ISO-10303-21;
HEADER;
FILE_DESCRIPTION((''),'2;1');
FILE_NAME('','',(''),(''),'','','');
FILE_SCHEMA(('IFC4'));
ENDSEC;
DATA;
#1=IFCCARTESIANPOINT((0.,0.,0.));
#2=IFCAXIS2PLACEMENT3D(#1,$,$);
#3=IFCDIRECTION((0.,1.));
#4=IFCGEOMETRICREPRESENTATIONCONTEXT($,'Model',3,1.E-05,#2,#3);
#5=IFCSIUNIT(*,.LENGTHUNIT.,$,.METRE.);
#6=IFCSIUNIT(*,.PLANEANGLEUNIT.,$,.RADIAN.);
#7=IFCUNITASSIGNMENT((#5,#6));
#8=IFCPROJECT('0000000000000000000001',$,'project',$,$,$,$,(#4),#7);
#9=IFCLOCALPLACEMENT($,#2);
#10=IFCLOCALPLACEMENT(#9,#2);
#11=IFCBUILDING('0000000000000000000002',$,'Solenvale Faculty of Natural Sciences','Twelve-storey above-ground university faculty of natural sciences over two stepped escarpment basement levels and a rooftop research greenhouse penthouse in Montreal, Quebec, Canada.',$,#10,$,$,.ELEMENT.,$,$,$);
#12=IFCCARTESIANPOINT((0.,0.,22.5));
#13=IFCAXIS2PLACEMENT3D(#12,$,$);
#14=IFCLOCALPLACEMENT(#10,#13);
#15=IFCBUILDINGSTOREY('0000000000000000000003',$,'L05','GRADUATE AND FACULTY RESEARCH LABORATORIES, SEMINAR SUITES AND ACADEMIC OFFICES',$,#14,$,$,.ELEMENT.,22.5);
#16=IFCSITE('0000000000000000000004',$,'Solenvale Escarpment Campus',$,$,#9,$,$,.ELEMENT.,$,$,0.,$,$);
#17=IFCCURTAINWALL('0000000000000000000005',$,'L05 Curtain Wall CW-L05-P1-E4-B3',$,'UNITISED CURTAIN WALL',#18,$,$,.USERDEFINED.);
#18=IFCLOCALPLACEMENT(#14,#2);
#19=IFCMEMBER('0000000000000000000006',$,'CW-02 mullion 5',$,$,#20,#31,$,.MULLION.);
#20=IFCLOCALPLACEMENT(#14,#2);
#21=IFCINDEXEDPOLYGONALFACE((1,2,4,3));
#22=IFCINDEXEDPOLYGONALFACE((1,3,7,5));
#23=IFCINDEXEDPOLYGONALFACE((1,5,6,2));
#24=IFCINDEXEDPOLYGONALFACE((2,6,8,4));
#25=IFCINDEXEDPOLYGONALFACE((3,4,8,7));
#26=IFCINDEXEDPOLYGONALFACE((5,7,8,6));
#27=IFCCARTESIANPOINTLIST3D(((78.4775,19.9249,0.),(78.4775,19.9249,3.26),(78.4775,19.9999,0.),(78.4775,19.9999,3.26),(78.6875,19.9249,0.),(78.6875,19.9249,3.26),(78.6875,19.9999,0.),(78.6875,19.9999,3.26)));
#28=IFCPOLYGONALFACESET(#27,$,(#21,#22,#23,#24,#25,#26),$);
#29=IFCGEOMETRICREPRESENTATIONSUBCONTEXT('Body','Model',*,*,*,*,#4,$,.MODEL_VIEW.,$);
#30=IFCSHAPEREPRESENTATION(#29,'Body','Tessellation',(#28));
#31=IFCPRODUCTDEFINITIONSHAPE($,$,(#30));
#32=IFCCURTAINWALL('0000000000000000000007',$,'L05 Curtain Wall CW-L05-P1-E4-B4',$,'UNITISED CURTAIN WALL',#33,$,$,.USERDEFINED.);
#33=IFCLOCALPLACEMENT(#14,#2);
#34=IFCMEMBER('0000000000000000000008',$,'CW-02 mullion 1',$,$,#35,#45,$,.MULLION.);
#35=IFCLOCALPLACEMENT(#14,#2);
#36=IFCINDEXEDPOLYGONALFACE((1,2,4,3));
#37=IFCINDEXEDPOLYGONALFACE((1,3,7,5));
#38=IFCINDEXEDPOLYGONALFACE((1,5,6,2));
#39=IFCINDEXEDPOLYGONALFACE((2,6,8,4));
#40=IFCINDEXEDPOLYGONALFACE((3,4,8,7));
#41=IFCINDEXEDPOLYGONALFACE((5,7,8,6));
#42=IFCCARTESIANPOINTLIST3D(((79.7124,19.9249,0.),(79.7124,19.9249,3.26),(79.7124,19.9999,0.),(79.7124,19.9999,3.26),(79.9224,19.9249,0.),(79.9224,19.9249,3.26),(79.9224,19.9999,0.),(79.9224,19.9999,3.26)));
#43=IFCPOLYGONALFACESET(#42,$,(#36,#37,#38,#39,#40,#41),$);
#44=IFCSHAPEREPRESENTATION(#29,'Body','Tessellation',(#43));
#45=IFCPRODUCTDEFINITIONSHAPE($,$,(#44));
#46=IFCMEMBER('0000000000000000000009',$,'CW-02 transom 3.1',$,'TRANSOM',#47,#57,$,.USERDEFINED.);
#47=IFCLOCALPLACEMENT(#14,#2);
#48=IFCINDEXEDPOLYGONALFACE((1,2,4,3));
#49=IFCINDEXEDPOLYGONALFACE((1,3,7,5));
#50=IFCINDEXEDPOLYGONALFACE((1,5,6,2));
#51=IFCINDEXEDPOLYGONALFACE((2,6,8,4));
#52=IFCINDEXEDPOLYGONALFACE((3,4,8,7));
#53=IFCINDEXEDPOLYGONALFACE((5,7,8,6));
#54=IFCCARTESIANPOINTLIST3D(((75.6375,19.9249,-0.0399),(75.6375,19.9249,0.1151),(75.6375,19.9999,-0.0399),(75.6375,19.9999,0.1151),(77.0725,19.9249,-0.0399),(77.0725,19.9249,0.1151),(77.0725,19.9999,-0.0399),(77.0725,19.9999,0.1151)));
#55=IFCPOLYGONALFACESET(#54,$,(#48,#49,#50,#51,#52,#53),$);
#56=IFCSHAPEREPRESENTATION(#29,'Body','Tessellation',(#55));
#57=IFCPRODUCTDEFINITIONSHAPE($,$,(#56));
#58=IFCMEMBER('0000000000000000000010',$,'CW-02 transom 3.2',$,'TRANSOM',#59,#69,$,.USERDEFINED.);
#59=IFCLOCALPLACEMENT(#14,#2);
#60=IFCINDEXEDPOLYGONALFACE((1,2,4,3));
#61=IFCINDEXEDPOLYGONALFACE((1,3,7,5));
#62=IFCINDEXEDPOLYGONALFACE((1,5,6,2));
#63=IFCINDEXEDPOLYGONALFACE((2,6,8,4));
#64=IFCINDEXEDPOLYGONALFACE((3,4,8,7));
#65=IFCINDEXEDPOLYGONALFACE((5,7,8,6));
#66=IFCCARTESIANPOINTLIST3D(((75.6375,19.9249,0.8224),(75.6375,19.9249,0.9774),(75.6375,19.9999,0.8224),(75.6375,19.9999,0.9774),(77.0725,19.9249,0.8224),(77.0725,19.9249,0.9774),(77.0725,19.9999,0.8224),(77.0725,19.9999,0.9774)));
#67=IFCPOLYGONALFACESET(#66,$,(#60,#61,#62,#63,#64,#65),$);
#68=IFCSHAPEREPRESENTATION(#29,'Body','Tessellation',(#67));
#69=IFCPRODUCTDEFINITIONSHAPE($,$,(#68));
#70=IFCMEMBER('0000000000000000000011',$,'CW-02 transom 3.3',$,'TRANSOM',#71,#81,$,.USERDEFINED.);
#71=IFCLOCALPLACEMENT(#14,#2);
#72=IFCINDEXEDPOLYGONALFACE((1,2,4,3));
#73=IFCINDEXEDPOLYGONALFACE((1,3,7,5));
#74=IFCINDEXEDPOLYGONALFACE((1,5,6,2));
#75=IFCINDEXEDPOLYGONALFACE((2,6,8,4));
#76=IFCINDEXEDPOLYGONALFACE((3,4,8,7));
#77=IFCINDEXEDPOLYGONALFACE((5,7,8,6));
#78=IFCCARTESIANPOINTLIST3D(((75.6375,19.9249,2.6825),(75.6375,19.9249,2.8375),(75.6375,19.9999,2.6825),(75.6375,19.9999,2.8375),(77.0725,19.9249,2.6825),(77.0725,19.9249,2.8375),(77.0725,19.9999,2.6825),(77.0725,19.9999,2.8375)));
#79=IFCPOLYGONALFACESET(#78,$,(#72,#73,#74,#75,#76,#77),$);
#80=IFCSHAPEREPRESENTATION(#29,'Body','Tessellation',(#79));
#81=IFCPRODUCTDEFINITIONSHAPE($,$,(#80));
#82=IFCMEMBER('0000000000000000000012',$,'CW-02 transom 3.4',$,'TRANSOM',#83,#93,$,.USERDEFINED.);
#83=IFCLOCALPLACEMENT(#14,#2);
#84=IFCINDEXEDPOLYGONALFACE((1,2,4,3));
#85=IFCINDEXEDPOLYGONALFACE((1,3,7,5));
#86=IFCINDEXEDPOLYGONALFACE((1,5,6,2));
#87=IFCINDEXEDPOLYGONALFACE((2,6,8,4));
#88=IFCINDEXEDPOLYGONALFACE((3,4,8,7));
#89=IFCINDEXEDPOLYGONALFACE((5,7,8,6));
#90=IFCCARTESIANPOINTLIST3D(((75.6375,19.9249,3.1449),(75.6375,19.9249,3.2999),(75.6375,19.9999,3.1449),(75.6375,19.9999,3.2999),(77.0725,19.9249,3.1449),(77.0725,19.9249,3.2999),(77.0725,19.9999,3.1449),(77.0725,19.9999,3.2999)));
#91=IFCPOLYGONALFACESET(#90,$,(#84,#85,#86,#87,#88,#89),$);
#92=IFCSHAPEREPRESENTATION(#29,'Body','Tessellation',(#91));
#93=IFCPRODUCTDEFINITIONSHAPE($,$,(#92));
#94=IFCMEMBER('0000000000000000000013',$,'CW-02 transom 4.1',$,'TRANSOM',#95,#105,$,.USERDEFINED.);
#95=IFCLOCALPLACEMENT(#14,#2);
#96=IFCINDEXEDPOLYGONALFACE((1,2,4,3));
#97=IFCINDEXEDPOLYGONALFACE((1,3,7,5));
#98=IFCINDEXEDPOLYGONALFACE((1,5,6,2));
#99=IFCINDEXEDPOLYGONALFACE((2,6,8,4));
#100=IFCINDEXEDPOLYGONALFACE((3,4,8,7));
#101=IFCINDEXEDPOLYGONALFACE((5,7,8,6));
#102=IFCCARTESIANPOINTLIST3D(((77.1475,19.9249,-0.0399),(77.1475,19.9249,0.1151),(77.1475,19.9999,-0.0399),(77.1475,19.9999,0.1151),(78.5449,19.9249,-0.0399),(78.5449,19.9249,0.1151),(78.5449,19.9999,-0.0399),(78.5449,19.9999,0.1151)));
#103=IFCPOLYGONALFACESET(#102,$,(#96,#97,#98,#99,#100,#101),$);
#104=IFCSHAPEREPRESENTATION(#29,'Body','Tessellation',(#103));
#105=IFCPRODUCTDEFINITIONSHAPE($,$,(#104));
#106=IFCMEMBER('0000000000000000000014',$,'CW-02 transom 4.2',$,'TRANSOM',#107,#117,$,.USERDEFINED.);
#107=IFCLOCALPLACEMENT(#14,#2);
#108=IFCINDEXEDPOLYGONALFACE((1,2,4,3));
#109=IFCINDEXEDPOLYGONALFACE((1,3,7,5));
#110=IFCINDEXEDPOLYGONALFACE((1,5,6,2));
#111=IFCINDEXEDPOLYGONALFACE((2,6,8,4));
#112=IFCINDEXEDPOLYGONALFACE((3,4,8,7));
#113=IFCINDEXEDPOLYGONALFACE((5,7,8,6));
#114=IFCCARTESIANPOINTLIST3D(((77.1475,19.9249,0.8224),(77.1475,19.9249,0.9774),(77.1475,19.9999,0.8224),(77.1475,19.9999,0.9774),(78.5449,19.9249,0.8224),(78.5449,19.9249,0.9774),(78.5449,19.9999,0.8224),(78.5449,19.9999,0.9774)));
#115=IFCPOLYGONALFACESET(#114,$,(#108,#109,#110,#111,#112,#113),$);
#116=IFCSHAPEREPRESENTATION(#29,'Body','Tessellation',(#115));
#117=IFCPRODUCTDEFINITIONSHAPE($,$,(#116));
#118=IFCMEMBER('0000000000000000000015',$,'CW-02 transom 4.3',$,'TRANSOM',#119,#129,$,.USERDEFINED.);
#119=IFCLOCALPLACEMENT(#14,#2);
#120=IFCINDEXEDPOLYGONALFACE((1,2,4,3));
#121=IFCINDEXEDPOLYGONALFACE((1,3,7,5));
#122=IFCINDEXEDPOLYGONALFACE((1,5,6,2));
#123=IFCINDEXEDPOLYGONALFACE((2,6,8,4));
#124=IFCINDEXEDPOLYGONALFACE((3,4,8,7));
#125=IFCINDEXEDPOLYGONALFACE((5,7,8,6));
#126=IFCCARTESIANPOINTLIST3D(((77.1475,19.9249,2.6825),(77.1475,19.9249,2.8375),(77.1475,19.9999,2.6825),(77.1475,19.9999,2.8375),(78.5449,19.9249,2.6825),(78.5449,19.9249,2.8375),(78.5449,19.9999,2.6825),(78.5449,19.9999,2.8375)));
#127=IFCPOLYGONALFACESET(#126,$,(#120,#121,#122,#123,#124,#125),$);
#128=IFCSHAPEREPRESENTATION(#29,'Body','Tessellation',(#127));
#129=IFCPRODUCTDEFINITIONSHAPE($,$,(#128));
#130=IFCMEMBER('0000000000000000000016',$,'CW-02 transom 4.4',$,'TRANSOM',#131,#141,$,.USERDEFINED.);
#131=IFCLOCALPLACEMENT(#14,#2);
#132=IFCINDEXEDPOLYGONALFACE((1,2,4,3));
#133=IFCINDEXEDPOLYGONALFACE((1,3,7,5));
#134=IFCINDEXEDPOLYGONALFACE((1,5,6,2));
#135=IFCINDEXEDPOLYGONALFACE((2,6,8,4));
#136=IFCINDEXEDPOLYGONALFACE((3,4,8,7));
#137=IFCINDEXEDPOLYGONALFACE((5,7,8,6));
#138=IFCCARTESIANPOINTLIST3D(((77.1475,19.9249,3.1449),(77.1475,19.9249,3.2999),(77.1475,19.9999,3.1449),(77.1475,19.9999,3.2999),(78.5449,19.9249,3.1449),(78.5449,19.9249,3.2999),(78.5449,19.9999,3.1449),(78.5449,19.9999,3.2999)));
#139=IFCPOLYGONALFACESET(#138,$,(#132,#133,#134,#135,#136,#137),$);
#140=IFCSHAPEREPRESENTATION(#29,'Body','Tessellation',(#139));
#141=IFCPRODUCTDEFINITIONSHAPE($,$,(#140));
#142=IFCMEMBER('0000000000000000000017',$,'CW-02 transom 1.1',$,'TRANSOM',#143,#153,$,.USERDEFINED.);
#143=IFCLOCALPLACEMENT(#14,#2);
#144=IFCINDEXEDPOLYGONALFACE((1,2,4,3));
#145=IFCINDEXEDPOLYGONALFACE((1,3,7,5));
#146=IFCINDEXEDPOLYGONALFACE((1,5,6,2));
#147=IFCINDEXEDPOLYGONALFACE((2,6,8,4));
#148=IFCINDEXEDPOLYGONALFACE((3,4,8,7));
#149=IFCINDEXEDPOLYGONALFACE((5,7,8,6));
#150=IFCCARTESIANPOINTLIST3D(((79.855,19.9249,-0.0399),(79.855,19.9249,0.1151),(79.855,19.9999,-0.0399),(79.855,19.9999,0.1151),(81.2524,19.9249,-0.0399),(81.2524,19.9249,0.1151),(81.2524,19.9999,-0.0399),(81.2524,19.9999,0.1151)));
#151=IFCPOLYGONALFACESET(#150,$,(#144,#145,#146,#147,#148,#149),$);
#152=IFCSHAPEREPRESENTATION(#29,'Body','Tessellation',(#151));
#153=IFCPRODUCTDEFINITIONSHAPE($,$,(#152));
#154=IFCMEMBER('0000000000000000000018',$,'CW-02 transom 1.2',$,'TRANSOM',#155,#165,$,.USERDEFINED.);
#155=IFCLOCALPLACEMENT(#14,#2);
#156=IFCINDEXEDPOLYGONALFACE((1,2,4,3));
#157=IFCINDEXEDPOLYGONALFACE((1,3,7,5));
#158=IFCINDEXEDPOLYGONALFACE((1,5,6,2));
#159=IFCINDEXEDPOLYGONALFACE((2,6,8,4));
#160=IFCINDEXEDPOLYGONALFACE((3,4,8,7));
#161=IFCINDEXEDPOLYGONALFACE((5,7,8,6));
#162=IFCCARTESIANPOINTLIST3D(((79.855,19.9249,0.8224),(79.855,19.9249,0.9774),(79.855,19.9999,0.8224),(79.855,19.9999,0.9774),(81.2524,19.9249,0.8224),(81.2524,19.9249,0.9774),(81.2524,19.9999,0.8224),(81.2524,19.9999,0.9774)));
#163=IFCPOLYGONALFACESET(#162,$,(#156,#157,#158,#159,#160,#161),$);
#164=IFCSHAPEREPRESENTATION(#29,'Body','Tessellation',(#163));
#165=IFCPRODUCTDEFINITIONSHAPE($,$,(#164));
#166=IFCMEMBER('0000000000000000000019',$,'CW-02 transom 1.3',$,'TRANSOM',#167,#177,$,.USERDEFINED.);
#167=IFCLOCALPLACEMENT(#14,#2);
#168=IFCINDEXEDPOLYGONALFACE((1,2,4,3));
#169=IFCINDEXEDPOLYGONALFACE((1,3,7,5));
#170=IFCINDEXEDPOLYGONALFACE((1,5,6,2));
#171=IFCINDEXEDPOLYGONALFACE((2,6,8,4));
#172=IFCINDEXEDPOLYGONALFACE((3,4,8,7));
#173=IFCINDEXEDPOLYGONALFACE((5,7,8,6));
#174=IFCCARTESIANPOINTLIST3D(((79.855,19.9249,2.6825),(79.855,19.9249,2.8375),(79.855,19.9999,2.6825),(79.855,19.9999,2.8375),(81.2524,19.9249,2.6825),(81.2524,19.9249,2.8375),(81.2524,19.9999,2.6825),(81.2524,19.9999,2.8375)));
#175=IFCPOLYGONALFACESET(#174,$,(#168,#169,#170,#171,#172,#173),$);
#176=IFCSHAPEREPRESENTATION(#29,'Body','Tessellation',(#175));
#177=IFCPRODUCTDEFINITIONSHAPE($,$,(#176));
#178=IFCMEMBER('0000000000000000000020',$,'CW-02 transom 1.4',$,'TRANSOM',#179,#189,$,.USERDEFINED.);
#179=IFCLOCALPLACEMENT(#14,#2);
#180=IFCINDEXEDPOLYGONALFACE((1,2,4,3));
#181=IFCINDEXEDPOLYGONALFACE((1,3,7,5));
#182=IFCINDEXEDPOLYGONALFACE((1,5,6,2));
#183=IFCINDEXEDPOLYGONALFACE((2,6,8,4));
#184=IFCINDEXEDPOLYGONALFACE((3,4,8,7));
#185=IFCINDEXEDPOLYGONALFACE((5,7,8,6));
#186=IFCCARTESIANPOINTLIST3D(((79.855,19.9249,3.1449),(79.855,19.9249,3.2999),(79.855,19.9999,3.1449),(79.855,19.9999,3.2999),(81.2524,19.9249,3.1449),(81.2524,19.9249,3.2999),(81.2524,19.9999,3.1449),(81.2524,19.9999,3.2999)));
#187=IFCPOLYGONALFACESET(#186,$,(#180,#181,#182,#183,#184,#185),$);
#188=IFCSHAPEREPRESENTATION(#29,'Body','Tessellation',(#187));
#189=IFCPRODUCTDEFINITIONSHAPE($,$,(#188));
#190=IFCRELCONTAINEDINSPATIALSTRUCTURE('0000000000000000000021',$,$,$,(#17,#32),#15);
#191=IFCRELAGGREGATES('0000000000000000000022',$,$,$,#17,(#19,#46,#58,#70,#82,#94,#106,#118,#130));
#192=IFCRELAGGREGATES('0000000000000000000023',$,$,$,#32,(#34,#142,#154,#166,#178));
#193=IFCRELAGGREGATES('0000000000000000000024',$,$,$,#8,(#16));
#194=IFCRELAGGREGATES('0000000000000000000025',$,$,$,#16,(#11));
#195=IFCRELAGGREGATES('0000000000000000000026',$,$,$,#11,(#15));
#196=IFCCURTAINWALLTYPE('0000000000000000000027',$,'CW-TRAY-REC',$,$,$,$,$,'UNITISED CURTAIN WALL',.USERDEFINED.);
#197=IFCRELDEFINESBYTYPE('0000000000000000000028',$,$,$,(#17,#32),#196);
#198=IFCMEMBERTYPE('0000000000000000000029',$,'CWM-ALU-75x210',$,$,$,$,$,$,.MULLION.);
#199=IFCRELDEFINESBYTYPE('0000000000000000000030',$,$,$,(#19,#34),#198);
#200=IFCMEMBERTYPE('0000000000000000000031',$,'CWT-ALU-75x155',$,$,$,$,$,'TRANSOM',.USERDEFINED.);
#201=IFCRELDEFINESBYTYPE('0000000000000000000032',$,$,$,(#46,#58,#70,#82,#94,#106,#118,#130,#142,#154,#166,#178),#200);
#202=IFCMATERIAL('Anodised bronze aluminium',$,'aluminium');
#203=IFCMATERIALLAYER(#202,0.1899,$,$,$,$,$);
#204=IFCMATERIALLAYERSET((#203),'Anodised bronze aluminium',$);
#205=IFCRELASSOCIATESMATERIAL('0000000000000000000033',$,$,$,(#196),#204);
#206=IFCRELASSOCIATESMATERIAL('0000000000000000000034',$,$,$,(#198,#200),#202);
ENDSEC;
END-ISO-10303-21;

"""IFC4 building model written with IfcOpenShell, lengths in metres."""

from ifc_helpers import new_model, si_unit, direction, frame, origin, origin_2d, place, context, subcontext, project, spatial, rectangle, extrude, material, layer, layer_set, material_profile, profile_set, type_object, element, aggregate, save


model = new_model("IFC4")

# Units and contexts
model_context = context("Model", 3, precision=1e-05, world=origin(), true_north=direction((0.0, 1.0)))
body_context = subcontext(model_context, "Body", "Model", "MODEL_VIEW")
ifc_project = project(units=[si_unit("LENGTHUNIT", "METRE"), si_unit("PLANEANGLEUNIT", "RADIAN")], contexts=[model_context])

# Site, building, storey
site_placement = place(None, origin())
site = spatial("IfcSite", under=ifc_project, at=site_placement, Name="Solenvale Escarpment Campus", CompositionType="ELEMENT", RefElevation=0.0)
building_placement = place(site_placement, origin())
building = spatial("IfcBuilding", under=site, at=building_placement, Name="Solenvale Faculty of Natural Sciences", Description="Twelve-storey above-ground university faculty of natural sciences over two stepped escarpment basement levels and a rooftop research greenhouse penthouse in Montreal, Quebec, Canada.", CompositionType="ELEMENT")
storey_placement = place(building_placement, frame((0.0, 0.0, 22.5)))
storey = spatial("IfcBuildingStorey", under=building, at=storey_placement, Name="L05", Description="GRADUATE AND FACULTY RESEARCH LABORATORIES, SEMINAR SUITES AND ACADEMIC OFFICES", CompositionType="ELEMENT", Elevation=22.5)

# Curtain wall, member
ifc_material_1 = material(Name="Anodised bronze aluminium", Category="aluminium")
ifc_layer_1 = layer(ifc_material_1, 0.1899)
ifc_layer_set_1 = layer_set([ifc_layer_1], Name="Anodised bronze aluminium")
curtain_wall_type = type_object("IfcCurtainWallType", Name="CW-TRAY-REC", ElementType="UNITISED CURTAIN WALL", PredefinedType="USERDEFINED", material=ifc_layer_set_1)
curtain_wall_1_placement = place(storey_placement, origin())
curtain_wall_1 = element("IfcCurtainWall", 1, at=curtain_wall_1_placement, inside=storey, type_object=curtain_wall_type, Name="L05 Curtain Wall CW-L05-P1-E4-B3", ObjectType="UNITISED CURTAIN WALL", PredefinedType="USERDEFINED")
ifc_material_profile_1 = material_profile(ifc_material_1, rectangle(XDim=0.075, YDim=0.21, at=origin_2d()), Name="ALU-MUL-75x210")
ifc_profile_set_1 = profile_set([ifc_material_profile_1], Name="Anodised bronze aluminium")
member_type_1 = type_object("IfcMemberType", Name="CWM-ALU-75x210", PredefinedType="MULLION", material=ifc_profile_set_1)
member_1_placement = place(storey_placement, frame((78.5825, 19.9624, 0.0), z_axis=(0.0, 0.0, 1.0), x_axis=(0.0, 1.0, 0.0)))
member_1 = element("IfcMember", 2, at=member_1_placement, type_object=member_type_1, Name="CW-02 mullion 5", PredefinedType="MULLION", context=body_context, shape_type="SweptSolid", body=[
    extrude(rectangle(XDim=0.075, YDim=0.21, at=origin_2d()), origin(), (0.0, 0.0, 1.0), 3.26),
])

# Curtain wall, member
curtain_wall_2_placement = place(storey_placement, origin())
curtain_wall_2 = element("IfcCurtainWall", 3, at=curtain_wall_2_placement, inside=storey, type_object=curtain_wall_type, Name="L05 Curtain Wall CW-L05-P1-E4-B4", ObjectType="UNITISED CURTAIN WALL", PredefinedType="USERDEFINED")
member_2_placement = place(storey_placement, frame((79.8174, 19.9624, 0.0), z_axis=(0.0, 0.0, 1.0), x_axis=(0.0, 1.0, 0.0)))
member_2 = element("IfcMember", 4, at=member_2_placement, type_object=member_type_1, Name="CW-02 mullion 1", PredefinedType="MULLION", context=body_context, shape_type="SweptSolid", body=[
    extrude(rectangle(XDim=0.075, YDim=0.21, at=origin_2d()), origin(), (0.0, 0.0, 1.0), 3.26),
])

# Members
ifc_material_profile_2 = material_profile(ifc_material_1, rectangle(XDim=0.075, YDim=0.155, at=origin_2d()), Name="ALU-TRN-75x155")
ifc_profile_set_2 = profile_set([ifc_material_profile_2], Name="Anodised bronze aluminium")
member_type_2 = type_object("IfcMemberType", Name="CWT-ALU-75x155", ElementType="TRANSOM", PredefinedType="USERDEFINED", material=ifc_profile_set_2)
member_3_placement = place(storey_placement, frame((75.6375, 19.9624, 0.0376), z_axis=(1.0, 0.0, 0.0), x_axis=(0.0, 1.0, 0.0)))
member_3 = element("IfcMember", 5, at=member_3_placement, type_object=member_type_2, Name="CW-02 transom 3.1", ObjectType="TRANSOM", PredefinedType="USERDEFINED", context=body_context, shape_type="SweptSolid", body=[
    extrude(rectangle(XDim=0.075, YDim=0.155, at=origin_2d()), origin(), (0.0, 0.0, 1.0), 1.4351),
])
member_4_placement = place(storey_placement, frame((75.6375, 19.9624, 0.8999), z_axis=(1.0, 0.0, 0.0), x_axis=(0.0, 1.0, 0.0)))
member_4 = element("IfcMember", 6, at=member_4_placement, type_object=member_type_2, Name="CW-02 transom 3.2", ObjectType="TRANSOM", PredefinedType="USERDEFINED", context=body_context, shape_type="SweptSolid", body=[
    extrude(rectangle(XDim=0.075, YDim=0.155, at=origin_2d()), origin(), (0.0, 0.0, 1.0), 1.4351),
])
member_5_placement = place(storey_placement, frame((75.6375, 19.9624, 2.76), z_axis=(1.0, 0.0, 0.0), x_axis=(0.0, 1.0, 0.0)))
member_5 = element("IfcMember", 7, at=member_5_placement, type_object=member_type_2, Name="CW-02 transom 3.3", ObjectType="TRANSOM", PredefinedType="USERDEFINED", context=body_context, shape_type="SweptSolid", body=[
    extrude(rectangle(XDim=0.075, YDim=0.155, at=origin_2d()), origin(), (0.0, 0.0, 1.0), 1.4351),
])
member_6_placement = place(storey_placement, frame((75.6375, 19.9624, 3.2224), z_axis=(1.0, 0.0, 0.0), x_axis=(0.0, 1.0, 0.0)))
member_6 = element("IfcMember", 8, at=member_6_placement, type_object=member_type_2, Name="CW-02 transom 3.4", ObjectType="TRANSOM", PredefinedType="USERDEFINED", context=body_context, shape_type="SweptSolid", body=[
    extrude(rectangle(XDim=0.075, YDim=0.155, at=origin_2d()), origin(), (0.0, 0.0, 1.0), 1.4351),
])
member_7_placement = place(storey_placement, frame((77.1475, 19.9624, 0.0376), z_axis=(1.0, 0.0, 0.0), x_axis=(0.0, 1.0, 0.0)))
member_7 = element("IfcMember", 9, at=member_7_placement, type_object=member_type_2, Name="CW-02 transom 4.1", ObjectType="TRANSOM", PredefinedType="USERDEFINED", context=body_context, shape_type="SweptSolid", body=[
    extrude(rectangle(XDim=0.075, YDim=0.155, at=origin_2d()), origin(), (0.0, 0.0, 1.0), 1.3975),
])
member_8_placement = place(storey_placement, frame((77.1475, 19.9624, 0.8999), z_axis=(1.0, 0.0, 0.0), x_axis=(0.0, 1.0, 0.0)))
member_8 = element("IfcMember", 10, at=member_8_placement, type_object=member_type_2, Name="CW-02 transom 4.2", ObjectType="TRANSOM", PredefinedType="USERDEFINED", context=body_context, shape_type="SweptSolid", body=[
    extrude(rectangle(XDim=0.075, YDim=0.155, at=origin_2d()), origin(), (0.0, 0.0, 1.0), 1.3975),
])
member_9_placement = place(storey_placement, frame((77.1475, 19.9624, 2.76), z_axis=(1.0, 0.0, 0.0), x_axis=(0.0, 1.0, 0.0)))
member_9 = element("IfcMember", 11, at=member_9_placement, type_object=member_type_2, Name="CW-02 transom 4.3", ObjectType="TRANSOM", PredefinedType="USERDEFINED", context=body_context, shape_type="SweptSolid", body=[
    extrude(rectangle(XDim=0.075, YDim=0.155, at=origin_2d()), origin(), (0.0, 0.0, 1.0), 1.3975),
])
member_10_placement = place(storey_placement, frame((77.1475, 19.9624, 3.2224), z_axis=(1.0, 0.0, 0.0), x_axis=(0.0, 1.0, 0.0)))
member_10 = element("IfcMember", 12, at=member_10_placement, type_object=member_type_2, Name="CW-02 transom 4.4", ObjectType="TRANSOM", PredefinedType="USERDEFINED", context=body_context, shape_type="SweptSolid", body=[
    extrude(rectangle(XDim=0.075, YDim=0.155, at=origin_2d()), origin(), (0.0, 0.0, 1.0), 1.3975),
])
member_11_placement = place(storey_placement, frame((79.855, 19.9624, 0.0376), z_axis=(1.0, 0.0, 0.0), x_axis=(0.0, 1.0, 0.0)))
member_11 = element("IfcMember", 13, at=member_11_placement, type_object=member_type_2, Name="CW-02 transom 1.1", ObjectType="TRANSOM", PredefinedType="USERDEFINED", context=body_context, shape_type="SweptSolid", body=[
    extrude(rectangle(XDim=0.075, YDim=0.155, at=origin_2d()), origin(), (0.0, 0.0, 1.0), 1.3975),
])
member_12_placement = place(storey_placement, frame((79.855, 19.9624, 0.8999), z_axis=(1.0, 0.0, 0.0), x_axis=(0.0, 1.0, 0.0)))
member_12 = element("IfcMember", 14, at=member_12_placement, type_object=member_type_2, Name="CW-02 transom 1.2", ObjectType="TRANSOM", PredefinedType="USERDEFINED", context=body_context, shape_type="SweptSolid", body=[
    extrude(rectangle(XDim=0.075, YDim=0.155, at=origin_2d()), origin(), (0.0, 0.0, 1.0), 1.3975),
])
member_13_placement = place(storey_placement, frame((79.855, 19.9624, 2.76), z_axis=(1.0, 0.0, 0.0), x_axis=(0.0, 1.0, 0.0)))
member_13 = element("IfcMember", 15, at=member_13_placement, type_object=member_type_2, Name="CW-02 transom 1.3", ObjectType="TRANSOM", PredefinedType="USERDEFINED", context=body_context, shape_type="SweptSolid", body=[
    extrude(rectangle(XDim=0.075, YDim=0.155, at=origin_2d()), origin(), (0.0, 0.0, 1.0), 1.3975),
])
member_14_placement = place(storey_placement, frame((79.855, 19.9624, 3.2224), z_axis=(1.0, 0.0, 0.0), x_axis=(0.0, 1.0, 0.0)))
member_14 = element("IfcMember", 16, at=member_14_placement, type_object=member_type_2, Name="CW-02 transom 1.4", ObjectType="TRANSOM", PredefinedType="USERDEFINED", context=body_context, shape_type="SweptSolid", body=[
    extrude(rectangle(XDim=0.075, YDim=0.155, at=origin_2d()), origin(), (0.0, 0.0, 1.0), 1.3975),
])

aggregate(curtain_wall_1, [member_1, member_3, member_4, member_5, member_6, member_7, member_8, member_9, member_10])
aggregate(curtain_wall_2, [member_2, member_11, member_12, member_13, member_14])

save(model, "model.ifc")
